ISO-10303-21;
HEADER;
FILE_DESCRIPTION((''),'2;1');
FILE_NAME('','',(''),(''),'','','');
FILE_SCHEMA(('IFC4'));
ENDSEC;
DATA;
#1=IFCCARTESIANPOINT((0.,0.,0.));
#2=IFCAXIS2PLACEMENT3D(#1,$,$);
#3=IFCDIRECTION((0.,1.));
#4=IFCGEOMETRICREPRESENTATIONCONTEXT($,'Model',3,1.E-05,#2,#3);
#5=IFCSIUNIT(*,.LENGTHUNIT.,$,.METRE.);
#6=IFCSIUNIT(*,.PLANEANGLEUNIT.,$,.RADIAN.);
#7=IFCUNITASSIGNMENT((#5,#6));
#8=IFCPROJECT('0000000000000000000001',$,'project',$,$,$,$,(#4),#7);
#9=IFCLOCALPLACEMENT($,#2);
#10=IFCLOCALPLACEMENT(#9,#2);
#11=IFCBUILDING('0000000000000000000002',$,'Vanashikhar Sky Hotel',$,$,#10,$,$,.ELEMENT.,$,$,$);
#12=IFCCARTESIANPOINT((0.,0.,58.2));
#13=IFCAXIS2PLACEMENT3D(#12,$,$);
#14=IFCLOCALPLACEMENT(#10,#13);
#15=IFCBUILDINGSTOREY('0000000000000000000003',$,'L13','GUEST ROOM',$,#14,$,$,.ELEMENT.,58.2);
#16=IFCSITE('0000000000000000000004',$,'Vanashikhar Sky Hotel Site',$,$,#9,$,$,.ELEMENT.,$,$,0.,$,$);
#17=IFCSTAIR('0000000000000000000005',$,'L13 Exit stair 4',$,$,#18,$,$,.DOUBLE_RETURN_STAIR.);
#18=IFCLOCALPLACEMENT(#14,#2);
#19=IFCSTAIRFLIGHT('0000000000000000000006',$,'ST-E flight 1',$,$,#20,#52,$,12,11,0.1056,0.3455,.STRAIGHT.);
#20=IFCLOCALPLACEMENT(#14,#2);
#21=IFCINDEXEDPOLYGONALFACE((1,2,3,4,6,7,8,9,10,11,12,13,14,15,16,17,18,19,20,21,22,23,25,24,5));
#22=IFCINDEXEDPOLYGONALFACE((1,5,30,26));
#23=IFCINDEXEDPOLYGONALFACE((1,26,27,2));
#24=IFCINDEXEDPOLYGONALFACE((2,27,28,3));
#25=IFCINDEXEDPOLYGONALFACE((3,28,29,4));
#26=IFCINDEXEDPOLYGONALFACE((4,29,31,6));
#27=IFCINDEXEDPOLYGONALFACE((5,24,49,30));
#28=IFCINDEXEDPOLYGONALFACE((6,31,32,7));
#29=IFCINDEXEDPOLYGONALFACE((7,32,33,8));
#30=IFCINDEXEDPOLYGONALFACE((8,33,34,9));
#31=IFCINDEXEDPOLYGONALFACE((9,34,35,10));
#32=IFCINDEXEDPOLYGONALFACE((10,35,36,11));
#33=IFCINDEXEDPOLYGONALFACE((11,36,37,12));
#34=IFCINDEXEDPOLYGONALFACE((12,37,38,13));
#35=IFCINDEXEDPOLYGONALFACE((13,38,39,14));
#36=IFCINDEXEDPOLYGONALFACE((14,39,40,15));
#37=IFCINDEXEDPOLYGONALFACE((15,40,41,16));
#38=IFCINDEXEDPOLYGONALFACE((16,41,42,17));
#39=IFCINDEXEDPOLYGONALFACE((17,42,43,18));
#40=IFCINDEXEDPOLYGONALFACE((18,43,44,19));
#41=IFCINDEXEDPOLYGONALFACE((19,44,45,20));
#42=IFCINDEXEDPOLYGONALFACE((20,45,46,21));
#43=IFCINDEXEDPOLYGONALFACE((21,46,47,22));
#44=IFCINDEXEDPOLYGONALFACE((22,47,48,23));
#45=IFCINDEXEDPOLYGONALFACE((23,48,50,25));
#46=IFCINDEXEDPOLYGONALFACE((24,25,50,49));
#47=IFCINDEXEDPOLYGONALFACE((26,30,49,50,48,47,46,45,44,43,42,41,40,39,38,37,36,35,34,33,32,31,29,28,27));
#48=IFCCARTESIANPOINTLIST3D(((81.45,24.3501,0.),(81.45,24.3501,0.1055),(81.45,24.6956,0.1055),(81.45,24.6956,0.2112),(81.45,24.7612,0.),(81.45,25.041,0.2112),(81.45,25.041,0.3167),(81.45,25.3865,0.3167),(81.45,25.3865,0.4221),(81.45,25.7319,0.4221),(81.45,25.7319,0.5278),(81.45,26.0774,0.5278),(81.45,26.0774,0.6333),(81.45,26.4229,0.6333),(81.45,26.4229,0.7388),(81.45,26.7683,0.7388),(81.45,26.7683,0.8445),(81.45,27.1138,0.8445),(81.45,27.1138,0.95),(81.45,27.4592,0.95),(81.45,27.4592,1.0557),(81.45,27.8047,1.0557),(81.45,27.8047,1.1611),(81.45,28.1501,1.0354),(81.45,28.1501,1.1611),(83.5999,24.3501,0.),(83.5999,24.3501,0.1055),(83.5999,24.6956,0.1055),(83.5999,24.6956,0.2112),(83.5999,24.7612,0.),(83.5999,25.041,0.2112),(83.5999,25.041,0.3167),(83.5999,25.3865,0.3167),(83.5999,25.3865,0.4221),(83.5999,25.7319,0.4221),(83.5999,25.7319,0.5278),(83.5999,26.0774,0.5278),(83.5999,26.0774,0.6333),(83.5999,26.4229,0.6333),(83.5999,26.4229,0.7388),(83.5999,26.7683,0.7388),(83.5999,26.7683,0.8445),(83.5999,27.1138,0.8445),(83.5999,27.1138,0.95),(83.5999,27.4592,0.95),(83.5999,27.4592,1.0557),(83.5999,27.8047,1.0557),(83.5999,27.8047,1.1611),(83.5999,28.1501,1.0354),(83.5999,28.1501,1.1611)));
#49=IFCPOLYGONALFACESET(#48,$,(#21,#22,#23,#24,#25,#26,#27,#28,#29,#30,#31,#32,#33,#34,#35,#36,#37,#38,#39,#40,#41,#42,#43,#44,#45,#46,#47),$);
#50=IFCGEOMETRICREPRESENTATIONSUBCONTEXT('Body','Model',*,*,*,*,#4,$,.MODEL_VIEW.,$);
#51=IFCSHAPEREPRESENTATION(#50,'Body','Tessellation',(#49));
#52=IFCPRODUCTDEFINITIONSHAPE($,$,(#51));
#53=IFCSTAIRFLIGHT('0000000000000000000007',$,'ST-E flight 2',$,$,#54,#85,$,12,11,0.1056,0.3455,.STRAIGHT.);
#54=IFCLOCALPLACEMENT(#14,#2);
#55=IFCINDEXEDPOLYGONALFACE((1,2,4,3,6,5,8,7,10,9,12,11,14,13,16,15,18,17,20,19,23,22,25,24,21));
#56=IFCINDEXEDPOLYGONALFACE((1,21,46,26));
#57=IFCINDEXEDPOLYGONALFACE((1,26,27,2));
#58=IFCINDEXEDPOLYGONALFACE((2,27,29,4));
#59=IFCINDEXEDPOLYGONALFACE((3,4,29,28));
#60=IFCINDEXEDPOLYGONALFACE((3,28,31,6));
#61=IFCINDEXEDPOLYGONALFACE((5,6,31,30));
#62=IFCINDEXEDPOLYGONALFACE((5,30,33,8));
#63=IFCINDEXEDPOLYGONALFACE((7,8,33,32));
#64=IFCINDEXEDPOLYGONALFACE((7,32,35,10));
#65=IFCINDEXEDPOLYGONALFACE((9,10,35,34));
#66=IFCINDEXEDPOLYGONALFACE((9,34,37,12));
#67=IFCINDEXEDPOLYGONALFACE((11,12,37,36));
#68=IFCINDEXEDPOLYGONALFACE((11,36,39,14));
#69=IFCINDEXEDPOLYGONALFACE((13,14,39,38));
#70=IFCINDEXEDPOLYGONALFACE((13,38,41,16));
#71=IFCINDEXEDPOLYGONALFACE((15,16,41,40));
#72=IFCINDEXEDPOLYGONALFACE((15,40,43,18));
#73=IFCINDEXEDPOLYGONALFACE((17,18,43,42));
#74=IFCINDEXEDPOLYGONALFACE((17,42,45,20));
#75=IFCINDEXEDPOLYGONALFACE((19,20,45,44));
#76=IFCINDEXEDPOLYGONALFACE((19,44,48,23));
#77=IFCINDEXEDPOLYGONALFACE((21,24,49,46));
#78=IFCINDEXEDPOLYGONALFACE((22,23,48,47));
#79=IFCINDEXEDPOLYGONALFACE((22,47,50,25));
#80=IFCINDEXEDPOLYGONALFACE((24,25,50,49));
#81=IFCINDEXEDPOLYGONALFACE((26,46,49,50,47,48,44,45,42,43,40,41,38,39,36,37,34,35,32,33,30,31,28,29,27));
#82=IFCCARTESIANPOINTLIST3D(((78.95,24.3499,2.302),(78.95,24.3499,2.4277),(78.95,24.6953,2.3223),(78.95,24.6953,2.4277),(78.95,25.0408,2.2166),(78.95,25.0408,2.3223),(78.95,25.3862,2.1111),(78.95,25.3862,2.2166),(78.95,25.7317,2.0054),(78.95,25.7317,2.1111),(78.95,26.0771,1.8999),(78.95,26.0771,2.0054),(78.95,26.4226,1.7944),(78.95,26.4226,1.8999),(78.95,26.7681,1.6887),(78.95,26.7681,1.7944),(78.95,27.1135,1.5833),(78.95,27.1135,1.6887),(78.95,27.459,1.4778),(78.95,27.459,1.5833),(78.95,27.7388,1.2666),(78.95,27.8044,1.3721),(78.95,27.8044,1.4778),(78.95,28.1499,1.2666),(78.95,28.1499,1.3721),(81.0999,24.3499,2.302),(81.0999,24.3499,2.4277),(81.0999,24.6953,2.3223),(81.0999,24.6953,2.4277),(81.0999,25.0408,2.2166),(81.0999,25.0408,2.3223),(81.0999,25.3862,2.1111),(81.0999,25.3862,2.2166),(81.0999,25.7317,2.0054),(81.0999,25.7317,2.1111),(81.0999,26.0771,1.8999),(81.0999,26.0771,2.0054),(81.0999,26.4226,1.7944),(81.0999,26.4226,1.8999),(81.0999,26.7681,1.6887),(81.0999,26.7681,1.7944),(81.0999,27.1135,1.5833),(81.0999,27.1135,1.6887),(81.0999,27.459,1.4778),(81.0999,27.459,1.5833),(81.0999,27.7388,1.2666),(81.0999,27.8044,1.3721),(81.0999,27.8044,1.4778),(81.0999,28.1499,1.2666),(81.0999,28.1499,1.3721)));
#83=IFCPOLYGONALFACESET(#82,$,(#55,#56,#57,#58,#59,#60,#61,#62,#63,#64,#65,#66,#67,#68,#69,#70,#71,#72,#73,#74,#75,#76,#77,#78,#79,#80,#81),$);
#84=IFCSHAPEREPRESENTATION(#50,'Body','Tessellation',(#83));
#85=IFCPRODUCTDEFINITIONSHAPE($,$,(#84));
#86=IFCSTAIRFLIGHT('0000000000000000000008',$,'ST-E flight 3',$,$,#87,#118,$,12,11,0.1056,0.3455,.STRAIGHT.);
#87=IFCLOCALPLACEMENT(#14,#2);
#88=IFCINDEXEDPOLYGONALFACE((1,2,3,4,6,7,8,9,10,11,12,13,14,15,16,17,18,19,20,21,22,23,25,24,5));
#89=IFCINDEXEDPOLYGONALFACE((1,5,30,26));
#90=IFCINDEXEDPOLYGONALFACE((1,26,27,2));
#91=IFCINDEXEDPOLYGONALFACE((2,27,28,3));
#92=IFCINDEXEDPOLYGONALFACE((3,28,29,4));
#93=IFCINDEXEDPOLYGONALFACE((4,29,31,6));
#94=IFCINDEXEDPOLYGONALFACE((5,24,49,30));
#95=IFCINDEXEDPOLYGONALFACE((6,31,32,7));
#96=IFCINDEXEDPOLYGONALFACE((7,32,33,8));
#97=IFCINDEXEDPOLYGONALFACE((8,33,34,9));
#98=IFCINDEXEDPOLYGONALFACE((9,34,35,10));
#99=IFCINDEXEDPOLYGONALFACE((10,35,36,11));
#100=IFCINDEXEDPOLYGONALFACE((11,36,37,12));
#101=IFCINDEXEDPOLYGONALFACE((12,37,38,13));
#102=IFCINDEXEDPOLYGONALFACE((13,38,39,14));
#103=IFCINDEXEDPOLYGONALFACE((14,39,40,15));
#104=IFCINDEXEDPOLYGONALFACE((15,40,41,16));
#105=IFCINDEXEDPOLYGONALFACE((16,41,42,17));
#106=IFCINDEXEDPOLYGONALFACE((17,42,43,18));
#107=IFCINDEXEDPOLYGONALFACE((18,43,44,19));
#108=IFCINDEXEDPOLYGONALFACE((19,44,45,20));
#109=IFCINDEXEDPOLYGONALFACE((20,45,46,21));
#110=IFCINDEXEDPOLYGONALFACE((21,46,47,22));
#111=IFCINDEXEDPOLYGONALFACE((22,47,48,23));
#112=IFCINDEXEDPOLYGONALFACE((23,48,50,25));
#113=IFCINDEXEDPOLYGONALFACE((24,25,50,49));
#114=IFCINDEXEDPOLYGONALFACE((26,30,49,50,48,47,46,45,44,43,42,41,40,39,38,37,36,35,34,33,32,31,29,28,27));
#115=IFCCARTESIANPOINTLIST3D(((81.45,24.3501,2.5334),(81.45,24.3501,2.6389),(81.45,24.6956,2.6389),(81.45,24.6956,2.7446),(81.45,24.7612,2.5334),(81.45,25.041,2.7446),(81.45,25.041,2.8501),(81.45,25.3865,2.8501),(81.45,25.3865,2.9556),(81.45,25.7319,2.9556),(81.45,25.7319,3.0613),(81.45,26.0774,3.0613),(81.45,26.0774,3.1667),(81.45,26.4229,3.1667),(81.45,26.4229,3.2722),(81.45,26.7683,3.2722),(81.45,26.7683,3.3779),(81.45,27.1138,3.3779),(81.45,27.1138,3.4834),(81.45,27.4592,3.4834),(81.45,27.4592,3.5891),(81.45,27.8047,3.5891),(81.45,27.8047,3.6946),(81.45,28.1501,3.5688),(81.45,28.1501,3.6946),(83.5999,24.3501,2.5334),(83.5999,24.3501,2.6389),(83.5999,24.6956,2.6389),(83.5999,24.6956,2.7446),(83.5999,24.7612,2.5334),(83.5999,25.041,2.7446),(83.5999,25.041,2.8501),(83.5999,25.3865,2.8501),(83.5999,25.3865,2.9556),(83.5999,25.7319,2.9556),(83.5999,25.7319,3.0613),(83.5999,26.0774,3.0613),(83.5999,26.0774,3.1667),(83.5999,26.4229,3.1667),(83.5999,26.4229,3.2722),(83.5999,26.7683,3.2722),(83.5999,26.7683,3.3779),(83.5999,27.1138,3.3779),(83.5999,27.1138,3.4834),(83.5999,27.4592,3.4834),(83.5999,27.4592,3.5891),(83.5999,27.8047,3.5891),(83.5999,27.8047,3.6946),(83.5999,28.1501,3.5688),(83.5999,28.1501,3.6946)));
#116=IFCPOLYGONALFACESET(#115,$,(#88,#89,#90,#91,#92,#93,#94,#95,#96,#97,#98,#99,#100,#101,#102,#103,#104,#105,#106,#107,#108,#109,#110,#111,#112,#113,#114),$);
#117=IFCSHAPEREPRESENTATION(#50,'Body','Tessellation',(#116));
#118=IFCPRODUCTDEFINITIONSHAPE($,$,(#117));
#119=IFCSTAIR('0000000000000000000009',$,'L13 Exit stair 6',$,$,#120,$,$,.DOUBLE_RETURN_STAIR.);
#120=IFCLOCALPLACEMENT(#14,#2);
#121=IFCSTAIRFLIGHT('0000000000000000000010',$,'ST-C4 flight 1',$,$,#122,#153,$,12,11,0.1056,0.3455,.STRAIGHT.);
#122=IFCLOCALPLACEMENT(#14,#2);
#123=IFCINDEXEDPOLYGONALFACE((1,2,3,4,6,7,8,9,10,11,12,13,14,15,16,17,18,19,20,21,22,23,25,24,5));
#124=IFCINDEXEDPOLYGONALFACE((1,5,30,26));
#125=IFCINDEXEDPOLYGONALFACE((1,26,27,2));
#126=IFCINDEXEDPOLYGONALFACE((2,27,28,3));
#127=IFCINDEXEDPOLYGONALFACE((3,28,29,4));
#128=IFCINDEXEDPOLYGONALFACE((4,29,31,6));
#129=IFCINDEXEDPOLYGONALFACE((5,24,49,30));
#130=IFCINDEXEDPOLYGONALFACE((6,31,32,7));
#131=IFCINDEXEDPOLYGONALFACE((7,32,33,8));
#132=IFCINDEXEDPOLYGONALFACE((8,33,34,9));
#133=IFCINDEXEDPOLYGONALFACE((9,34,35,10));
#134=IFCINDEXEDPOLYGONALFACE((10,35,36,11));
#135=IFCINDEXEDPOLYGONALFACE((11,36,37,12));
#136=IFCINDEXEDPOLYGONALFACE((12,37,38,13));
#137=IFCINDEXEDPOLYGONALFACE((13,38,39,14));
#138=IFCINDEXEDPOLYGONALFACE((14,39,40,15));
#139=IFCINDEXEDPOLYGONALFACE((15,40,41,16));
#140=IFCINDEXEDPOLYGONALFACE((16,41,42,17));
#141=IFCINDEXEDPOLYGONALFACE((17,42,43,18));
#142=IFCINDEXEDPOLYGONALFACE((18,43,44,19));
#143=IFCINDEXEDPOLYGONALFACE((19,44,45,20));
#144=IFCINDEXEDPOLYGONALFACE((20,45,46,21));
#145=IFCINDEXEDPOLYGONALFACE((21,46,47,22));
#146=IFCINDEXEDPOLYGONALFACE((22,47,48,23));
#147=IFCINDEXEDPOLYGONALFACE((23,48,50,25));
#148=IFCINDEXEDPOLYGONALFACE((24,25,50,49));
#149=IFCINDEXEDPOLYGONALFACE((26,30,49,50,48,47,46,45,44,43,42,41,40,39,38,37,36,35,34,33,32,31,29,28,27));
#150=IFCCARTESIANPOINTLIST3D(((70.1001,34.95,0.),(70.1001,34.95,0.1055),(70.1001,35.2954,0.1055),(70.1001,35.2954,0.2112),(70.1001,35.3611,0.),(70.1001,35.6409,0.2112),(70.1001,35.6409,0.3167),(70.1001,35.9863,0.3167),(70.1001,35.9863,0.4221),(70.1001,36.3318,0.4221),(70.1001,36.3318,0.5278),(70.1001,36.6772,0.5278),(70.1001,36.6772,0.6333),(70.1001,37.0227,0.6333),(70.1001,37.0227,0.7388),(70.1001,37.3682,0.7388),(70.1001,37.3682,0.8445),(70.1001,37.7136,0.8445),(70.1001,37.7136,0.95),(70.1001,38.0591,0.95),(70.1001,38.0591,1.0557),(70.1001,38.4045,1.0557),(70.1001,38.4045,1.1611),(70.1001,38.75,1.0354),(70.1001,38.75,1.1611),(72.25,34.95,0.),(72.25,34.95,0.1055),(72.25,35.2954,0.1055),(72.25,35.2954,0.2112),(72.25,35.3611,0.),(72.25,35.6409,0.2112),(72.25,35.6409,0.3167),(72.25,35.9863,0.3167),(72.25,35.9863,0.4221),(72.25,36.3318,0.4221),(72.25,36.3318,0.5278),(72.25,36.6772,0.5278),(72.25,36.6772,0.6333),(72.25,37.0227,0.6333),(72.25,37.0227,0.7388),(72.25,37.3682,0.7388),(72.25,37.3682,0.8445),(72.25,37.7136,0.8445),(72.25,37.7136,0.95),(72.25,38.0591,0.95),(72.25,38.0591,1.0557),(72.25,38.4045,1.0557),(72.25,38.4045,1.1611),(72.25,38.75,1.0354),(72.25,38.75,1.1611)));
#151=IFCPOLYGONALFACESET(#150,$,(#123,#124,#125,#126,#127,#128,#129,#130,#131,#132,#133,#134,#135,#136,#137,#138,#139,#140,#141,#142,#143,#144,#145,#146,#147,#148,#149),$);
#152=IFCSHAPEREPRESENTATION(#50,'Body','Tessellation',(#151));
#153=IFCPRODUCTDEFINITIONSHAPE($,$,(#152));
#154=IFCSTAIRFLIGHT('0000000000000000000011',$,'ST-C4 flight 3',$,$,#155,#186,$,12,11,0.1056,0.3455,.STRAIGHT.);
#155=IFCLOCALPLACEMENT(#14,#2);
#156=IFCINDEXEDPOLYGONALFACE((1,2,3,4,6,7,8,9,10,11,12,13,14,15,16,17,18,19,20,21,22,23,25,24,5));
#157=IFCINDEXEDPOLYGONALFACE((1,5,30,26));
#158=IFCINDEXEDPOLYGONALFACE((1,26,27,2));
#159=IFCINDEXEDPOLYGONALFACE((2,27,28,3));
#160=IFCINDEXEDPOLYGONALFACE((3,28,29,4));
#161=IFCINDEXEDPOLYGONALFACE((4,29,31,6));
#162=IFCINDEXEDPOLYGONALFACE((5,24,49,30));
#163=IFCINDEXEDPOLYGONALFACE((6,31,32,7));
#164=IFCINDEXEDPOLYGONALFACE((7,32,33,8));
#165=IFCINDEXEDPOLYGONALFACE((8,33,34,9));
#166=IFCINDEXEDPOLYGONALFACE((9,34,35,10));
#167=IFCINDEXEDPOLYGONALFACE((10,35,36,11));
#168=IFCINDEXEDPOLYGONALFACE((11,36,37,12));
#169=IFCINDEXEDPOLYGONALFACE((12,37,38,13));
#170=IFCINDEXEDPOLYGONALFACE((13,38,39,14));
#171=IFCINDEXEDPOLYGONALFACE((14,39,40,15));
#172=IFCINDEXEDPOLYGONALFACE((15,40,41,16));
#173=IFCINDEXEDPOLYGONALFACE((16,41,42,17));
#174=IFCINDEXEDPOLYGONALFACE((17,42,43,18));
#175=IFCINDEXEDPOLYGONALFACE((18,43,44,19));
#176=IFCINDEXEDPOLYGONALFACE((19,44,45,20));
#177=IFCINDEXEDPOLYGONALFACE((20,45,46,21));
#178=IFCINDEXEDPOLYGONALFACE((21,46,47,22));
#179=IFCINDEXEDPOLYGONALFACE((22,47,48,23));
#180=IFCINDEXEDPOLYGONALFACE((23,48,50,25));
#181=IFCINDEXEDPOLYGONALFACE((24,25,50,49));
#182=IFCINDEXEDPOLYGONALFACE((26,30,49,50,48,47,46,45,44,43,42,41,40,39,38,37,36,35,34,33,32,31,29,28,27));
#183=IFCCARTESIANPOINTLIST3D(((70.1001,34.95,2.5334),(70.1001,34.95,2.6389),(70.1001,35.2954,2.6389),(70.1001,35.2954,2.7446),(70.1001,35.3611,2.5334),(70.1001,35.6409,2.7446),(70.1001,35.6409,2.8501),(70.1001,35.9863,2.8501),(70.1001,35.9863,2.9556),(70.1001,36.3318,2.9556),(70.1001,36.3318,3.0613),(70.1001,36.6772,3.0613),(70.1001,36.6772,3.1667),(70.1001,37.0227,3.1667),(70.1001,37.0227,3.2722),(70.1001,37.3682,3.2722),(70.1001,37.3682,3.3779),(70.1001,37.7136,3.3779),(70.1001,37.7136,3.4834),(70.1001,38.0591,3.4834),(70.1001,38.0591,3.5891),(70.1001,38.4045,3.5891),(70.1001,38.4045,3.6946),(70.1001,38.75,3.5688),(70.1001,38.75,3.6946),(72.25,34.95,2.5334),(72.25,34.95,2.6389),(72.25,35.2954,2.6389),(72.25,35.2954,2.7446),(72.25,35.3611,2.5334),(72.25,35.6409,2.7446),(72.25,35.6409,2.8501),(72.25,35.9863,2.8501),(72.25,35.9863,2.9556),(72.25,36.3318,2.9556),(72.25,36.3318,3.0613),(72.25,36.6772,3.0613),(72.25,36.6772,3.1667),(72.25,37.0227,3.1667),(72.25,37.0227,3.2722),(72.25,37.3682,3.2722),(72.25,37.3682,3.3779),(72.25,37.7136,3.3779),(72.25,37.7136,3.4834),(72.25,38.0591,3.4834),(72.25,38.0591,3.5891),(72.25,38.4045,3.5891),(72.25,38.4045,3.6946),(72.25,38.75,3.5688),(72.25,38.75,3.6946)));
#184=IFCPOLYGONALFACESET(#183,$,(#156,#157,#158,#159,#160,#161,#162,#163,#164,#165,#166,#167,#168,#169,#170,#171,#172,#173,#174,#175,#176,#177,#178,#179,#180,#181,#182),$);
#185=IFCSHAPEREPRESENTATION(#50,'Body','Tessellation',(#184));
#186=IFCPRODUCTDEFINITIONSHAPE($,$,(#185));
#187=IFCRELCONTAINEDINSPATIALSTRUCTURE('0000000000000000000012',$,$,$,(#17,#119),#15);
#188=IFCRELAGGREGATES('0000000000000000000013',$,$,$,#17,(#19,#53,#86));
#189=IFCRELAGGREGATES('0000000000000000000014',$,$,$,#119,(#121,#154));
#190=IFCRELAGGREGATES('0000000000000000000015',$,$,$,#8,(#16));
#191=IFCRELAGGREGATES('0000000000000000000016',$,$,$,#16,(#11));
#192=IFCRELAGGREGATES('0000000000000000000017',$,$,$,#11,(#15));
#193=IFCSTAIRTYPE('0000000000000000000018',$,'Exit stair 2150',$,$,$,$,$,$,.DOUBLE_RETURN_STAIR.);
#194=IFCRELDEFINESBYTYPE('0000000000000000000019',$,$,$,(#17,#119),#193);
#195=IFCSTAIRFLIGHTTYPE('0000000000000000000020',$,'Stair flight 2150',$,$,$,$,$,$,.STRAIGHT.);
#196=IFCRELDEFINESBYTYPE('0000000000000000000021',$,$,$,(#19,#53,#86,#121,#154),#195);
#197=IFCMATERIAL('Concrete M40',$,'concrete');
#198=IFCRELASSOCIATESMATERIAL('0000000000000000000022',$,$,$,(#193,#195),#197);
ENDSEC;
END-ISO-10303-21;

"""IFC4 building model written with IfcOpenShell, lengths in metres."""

from ifc_helpers import new_model, si_unit, direction, frame, origin, place, context, subcontext, project, spatial, polyline, outline, extrude, source, transform, mapped, material, type_object, element, aggregate, save


model = new_model("IFC4")

# Units and contexts
model_context = context("Model", 3, precision=1e-05, world=origin(), true_north=direction((0.0, 1.0)))
body_context = subcontext(model_context, "Body", "Model", "MODEL_VIEW")
ifc_project = project(units=[si_unit("LENGTHUNIT", "METRE"), si_unit("PLANEANGLEUNIT", "RADIAN")], contexts=[model_context])

# Site, building, storey
site_placement = place(None, origin())
site = spatial("IfcSite", under=ifc_project, at=site_placement, Name="Vanashikhar Sky Hotel Site", CompositionType="ELEMENT", RefElevation=0.0)
building_placement = place(site_placement, origin())
building = spatial("IfcBuilding", under=site, at=building_placement, Name="Vanashikhar Sky Hotel", CompositionType="ELEMENT")
storey_placement = place(building_placement, frame((0.0, 0.0, 58.2)))
storey = spatial("IfcBuildingStorey", under=building, at=storey_placement, Name="L13", Description="GUEST ROOM", CompositionType="ELEMENT", Elevation=58.2)

# Shared definitions
ifc_material_1 = material(Name="Concrete M40", Category="concrete")

# Stairs, stair flights
stair_type = type_object("IfcStairType", Name="Exit stair 2150", PredefinedType="DOUBLE_RETURN_STAIR", material=ifc_material_1)
stair_1_placement = place(storey_placement, origin())
stair_1 = element("IfcStair", 1, at=stair_1_placement, inside=storey, type_object=stair_type, Name="L13 Exit stair 4", PredefinedType="DOUBLE_RETURN_STAIR")
stair_flight_type = type_object("IfcStairFlightType", Name="Stair flight 2150", PredefinedType="STRAIGHT", material=ifc_material_1)
shared_shape_1 = source(origin(), body_context, "Body", "SweptSolid", [
    extrude(outline(polyline([(0.0, 0.0), (0.0, 0.1055), (0.3455, 0.1055), (0.3455, 0.2112), (0.6909, 0.2112), (0.6909, 0.3167), (1.0364, 0.3167), (1.0364, 0.4221), (1.3818, 0.4221), (1.3818, 0.5278), (1.7273, 0.5278), (1.7273, 0.6333), (2.0728, 0.6333), (2.0728, 0.7388), (2.4182, 0.7388), (2.4182, 0.8445), (2.7637, 0.8445), (2.7637, 0.95), (3.1091, 0.95), (3.1091, 1.0557), (3.4546, 1.0557), (3.4546, 1.1611), (3.8, 1.1611), (3.8, 1.2666), (3.8, 1.0354), (0.4111, 0.0), (0.0, 0.0)])), frame((0.0, 1.075, 0.0), z_axis=(0.0, -1.0, 0.0), x_axis=(1.0, 0.0, 0.0)), (0.0, 0.0, 1.0), 2.1499),
])
stair_flight_1_placement = place(storey_placement, frame((82.5249, 24.3501, 0.0), z_axis=(0.0, 0.0, 1.0), x_axis=(0.0, 1.0, 0.0)))
stair_flight_1 = element("IfcStairFlight", 2, at=stair_flight_1_placement, type_object=stair_flight_type, Name="ST-E flight 1", NumberOfRisers=12, NumberOfTreads=11, PredefinedType="STRAIGHT", RiserHeight=0.1056, TreadLength=0.3455, context=body_context, shape_type="MappedRepresentation", body=[
    mapped(shared_shape_1, transform((0.0, 0.0, 0.0), scale=1.0)),
])
stair_flight_2_placement = place(storey_placement, frame((80.0249, 28.1499, 1.2666), z_axis=(0.0, 0.0, 1.0), x_axis=(0.0, -1.0, 0.0)))
stair_flight_2 = element("IfcStairFlight", 3, at=stair_flight_2_placement, type_object=stair_flight_type, Name="ST-E flight 2", NumberOfRisers=12, NumberOfTreads=11, PredefinedType="STRAIGHT", RiserHeight=0.1056, TreadLength=0.3455, context=body_context, shape_type="MappedRepresentation", body=[
    mapped(shared_shape_1, transform((0.0, 0.0, 0.0), scale=1.0)),
])
stair_flight_3_placement = place(storey_placement, frame((82.5249, 24.3501, 2.5334), z_axis=(0.0, 0.0, 1.0), x_axis=(0.0, 1.0, 0.0)))
stair_flight_3 = element("IfcStairFlight", 4, at=stair_flight_3_placement, type_object=stair_flight_type, Name="ST-E flight 3", NumberOfRisers=12, NumberOfTreads=11, PredefinedType="STRAIGHT", RiserHeight=0.1056, TreadLength=0.3455, context=body_context, shape_type="MappedRepresentation", body=[
    mapped(shared_shape_1, transform((0.0, 0.0, 0.0), scale=1.0)),
])
aggregate(stair_1, [stair_flight_1, stair_flight_2, stair_flight_3])
stair_2_placement = place(storey_placement, origin())
stair_2 = element("IfcStair", 5, at=stair_2_placement, inside=storey, type_object=stair_type, Name="L13 Exit stair 6", PredefinedType="DOUBLE_RETURN_STAIR")
stair_flight_4_placement = place(storey_placement, frame((71.175, 34.95, 0.0), z_axis=(0.0, 0.0, 1.0), x_axis=(0.0, 1.0, 0.0)))
stair_flight_4 = element("IfcStairFlight", 6, at=stair_flight_4_placement, type_object=stair_flight_type, Name="ST-C4 flight 1", NumberOfRisers=12, NumberOfTreads=11, PredefinedType="STRAIGHT", RiserHeight=0.1056, TreadLength=0.3455, context=body_context, shape_type="MappedRepresentation", body=[
    mapped(shared_shape_1, transform((0.0, 0.0, 0.0), scale=1.0)),
])
stair_flight_5_placement = place(storey_placement, frame((71.175, 34.95, 2.5334), z_axis=(0.0, 0.0, 1.0), x_axis=(0.0, 1.0, 0.0)))
stair_flight_5 = element("IfcStairFlight", 7, at=stair_flight_5_placement, type_object=stair_flight_type, Name="ST-C4 flight 3", NumberOfRisers=12, NumberOfTreads=11, PredefinedType="STRAIGHT", RiserHeight=0.1056, TreadLength=0.3455, context=body_context, shape_type="MappedRepresentation", body=[
    mapped(shared_shape_1, transform((0.0, 0.0, 0.0), scale=1.0)),
])
aggregate(stair_2, [stair_flight_4, stair_flight_5])

save(model, "model.ifc")
